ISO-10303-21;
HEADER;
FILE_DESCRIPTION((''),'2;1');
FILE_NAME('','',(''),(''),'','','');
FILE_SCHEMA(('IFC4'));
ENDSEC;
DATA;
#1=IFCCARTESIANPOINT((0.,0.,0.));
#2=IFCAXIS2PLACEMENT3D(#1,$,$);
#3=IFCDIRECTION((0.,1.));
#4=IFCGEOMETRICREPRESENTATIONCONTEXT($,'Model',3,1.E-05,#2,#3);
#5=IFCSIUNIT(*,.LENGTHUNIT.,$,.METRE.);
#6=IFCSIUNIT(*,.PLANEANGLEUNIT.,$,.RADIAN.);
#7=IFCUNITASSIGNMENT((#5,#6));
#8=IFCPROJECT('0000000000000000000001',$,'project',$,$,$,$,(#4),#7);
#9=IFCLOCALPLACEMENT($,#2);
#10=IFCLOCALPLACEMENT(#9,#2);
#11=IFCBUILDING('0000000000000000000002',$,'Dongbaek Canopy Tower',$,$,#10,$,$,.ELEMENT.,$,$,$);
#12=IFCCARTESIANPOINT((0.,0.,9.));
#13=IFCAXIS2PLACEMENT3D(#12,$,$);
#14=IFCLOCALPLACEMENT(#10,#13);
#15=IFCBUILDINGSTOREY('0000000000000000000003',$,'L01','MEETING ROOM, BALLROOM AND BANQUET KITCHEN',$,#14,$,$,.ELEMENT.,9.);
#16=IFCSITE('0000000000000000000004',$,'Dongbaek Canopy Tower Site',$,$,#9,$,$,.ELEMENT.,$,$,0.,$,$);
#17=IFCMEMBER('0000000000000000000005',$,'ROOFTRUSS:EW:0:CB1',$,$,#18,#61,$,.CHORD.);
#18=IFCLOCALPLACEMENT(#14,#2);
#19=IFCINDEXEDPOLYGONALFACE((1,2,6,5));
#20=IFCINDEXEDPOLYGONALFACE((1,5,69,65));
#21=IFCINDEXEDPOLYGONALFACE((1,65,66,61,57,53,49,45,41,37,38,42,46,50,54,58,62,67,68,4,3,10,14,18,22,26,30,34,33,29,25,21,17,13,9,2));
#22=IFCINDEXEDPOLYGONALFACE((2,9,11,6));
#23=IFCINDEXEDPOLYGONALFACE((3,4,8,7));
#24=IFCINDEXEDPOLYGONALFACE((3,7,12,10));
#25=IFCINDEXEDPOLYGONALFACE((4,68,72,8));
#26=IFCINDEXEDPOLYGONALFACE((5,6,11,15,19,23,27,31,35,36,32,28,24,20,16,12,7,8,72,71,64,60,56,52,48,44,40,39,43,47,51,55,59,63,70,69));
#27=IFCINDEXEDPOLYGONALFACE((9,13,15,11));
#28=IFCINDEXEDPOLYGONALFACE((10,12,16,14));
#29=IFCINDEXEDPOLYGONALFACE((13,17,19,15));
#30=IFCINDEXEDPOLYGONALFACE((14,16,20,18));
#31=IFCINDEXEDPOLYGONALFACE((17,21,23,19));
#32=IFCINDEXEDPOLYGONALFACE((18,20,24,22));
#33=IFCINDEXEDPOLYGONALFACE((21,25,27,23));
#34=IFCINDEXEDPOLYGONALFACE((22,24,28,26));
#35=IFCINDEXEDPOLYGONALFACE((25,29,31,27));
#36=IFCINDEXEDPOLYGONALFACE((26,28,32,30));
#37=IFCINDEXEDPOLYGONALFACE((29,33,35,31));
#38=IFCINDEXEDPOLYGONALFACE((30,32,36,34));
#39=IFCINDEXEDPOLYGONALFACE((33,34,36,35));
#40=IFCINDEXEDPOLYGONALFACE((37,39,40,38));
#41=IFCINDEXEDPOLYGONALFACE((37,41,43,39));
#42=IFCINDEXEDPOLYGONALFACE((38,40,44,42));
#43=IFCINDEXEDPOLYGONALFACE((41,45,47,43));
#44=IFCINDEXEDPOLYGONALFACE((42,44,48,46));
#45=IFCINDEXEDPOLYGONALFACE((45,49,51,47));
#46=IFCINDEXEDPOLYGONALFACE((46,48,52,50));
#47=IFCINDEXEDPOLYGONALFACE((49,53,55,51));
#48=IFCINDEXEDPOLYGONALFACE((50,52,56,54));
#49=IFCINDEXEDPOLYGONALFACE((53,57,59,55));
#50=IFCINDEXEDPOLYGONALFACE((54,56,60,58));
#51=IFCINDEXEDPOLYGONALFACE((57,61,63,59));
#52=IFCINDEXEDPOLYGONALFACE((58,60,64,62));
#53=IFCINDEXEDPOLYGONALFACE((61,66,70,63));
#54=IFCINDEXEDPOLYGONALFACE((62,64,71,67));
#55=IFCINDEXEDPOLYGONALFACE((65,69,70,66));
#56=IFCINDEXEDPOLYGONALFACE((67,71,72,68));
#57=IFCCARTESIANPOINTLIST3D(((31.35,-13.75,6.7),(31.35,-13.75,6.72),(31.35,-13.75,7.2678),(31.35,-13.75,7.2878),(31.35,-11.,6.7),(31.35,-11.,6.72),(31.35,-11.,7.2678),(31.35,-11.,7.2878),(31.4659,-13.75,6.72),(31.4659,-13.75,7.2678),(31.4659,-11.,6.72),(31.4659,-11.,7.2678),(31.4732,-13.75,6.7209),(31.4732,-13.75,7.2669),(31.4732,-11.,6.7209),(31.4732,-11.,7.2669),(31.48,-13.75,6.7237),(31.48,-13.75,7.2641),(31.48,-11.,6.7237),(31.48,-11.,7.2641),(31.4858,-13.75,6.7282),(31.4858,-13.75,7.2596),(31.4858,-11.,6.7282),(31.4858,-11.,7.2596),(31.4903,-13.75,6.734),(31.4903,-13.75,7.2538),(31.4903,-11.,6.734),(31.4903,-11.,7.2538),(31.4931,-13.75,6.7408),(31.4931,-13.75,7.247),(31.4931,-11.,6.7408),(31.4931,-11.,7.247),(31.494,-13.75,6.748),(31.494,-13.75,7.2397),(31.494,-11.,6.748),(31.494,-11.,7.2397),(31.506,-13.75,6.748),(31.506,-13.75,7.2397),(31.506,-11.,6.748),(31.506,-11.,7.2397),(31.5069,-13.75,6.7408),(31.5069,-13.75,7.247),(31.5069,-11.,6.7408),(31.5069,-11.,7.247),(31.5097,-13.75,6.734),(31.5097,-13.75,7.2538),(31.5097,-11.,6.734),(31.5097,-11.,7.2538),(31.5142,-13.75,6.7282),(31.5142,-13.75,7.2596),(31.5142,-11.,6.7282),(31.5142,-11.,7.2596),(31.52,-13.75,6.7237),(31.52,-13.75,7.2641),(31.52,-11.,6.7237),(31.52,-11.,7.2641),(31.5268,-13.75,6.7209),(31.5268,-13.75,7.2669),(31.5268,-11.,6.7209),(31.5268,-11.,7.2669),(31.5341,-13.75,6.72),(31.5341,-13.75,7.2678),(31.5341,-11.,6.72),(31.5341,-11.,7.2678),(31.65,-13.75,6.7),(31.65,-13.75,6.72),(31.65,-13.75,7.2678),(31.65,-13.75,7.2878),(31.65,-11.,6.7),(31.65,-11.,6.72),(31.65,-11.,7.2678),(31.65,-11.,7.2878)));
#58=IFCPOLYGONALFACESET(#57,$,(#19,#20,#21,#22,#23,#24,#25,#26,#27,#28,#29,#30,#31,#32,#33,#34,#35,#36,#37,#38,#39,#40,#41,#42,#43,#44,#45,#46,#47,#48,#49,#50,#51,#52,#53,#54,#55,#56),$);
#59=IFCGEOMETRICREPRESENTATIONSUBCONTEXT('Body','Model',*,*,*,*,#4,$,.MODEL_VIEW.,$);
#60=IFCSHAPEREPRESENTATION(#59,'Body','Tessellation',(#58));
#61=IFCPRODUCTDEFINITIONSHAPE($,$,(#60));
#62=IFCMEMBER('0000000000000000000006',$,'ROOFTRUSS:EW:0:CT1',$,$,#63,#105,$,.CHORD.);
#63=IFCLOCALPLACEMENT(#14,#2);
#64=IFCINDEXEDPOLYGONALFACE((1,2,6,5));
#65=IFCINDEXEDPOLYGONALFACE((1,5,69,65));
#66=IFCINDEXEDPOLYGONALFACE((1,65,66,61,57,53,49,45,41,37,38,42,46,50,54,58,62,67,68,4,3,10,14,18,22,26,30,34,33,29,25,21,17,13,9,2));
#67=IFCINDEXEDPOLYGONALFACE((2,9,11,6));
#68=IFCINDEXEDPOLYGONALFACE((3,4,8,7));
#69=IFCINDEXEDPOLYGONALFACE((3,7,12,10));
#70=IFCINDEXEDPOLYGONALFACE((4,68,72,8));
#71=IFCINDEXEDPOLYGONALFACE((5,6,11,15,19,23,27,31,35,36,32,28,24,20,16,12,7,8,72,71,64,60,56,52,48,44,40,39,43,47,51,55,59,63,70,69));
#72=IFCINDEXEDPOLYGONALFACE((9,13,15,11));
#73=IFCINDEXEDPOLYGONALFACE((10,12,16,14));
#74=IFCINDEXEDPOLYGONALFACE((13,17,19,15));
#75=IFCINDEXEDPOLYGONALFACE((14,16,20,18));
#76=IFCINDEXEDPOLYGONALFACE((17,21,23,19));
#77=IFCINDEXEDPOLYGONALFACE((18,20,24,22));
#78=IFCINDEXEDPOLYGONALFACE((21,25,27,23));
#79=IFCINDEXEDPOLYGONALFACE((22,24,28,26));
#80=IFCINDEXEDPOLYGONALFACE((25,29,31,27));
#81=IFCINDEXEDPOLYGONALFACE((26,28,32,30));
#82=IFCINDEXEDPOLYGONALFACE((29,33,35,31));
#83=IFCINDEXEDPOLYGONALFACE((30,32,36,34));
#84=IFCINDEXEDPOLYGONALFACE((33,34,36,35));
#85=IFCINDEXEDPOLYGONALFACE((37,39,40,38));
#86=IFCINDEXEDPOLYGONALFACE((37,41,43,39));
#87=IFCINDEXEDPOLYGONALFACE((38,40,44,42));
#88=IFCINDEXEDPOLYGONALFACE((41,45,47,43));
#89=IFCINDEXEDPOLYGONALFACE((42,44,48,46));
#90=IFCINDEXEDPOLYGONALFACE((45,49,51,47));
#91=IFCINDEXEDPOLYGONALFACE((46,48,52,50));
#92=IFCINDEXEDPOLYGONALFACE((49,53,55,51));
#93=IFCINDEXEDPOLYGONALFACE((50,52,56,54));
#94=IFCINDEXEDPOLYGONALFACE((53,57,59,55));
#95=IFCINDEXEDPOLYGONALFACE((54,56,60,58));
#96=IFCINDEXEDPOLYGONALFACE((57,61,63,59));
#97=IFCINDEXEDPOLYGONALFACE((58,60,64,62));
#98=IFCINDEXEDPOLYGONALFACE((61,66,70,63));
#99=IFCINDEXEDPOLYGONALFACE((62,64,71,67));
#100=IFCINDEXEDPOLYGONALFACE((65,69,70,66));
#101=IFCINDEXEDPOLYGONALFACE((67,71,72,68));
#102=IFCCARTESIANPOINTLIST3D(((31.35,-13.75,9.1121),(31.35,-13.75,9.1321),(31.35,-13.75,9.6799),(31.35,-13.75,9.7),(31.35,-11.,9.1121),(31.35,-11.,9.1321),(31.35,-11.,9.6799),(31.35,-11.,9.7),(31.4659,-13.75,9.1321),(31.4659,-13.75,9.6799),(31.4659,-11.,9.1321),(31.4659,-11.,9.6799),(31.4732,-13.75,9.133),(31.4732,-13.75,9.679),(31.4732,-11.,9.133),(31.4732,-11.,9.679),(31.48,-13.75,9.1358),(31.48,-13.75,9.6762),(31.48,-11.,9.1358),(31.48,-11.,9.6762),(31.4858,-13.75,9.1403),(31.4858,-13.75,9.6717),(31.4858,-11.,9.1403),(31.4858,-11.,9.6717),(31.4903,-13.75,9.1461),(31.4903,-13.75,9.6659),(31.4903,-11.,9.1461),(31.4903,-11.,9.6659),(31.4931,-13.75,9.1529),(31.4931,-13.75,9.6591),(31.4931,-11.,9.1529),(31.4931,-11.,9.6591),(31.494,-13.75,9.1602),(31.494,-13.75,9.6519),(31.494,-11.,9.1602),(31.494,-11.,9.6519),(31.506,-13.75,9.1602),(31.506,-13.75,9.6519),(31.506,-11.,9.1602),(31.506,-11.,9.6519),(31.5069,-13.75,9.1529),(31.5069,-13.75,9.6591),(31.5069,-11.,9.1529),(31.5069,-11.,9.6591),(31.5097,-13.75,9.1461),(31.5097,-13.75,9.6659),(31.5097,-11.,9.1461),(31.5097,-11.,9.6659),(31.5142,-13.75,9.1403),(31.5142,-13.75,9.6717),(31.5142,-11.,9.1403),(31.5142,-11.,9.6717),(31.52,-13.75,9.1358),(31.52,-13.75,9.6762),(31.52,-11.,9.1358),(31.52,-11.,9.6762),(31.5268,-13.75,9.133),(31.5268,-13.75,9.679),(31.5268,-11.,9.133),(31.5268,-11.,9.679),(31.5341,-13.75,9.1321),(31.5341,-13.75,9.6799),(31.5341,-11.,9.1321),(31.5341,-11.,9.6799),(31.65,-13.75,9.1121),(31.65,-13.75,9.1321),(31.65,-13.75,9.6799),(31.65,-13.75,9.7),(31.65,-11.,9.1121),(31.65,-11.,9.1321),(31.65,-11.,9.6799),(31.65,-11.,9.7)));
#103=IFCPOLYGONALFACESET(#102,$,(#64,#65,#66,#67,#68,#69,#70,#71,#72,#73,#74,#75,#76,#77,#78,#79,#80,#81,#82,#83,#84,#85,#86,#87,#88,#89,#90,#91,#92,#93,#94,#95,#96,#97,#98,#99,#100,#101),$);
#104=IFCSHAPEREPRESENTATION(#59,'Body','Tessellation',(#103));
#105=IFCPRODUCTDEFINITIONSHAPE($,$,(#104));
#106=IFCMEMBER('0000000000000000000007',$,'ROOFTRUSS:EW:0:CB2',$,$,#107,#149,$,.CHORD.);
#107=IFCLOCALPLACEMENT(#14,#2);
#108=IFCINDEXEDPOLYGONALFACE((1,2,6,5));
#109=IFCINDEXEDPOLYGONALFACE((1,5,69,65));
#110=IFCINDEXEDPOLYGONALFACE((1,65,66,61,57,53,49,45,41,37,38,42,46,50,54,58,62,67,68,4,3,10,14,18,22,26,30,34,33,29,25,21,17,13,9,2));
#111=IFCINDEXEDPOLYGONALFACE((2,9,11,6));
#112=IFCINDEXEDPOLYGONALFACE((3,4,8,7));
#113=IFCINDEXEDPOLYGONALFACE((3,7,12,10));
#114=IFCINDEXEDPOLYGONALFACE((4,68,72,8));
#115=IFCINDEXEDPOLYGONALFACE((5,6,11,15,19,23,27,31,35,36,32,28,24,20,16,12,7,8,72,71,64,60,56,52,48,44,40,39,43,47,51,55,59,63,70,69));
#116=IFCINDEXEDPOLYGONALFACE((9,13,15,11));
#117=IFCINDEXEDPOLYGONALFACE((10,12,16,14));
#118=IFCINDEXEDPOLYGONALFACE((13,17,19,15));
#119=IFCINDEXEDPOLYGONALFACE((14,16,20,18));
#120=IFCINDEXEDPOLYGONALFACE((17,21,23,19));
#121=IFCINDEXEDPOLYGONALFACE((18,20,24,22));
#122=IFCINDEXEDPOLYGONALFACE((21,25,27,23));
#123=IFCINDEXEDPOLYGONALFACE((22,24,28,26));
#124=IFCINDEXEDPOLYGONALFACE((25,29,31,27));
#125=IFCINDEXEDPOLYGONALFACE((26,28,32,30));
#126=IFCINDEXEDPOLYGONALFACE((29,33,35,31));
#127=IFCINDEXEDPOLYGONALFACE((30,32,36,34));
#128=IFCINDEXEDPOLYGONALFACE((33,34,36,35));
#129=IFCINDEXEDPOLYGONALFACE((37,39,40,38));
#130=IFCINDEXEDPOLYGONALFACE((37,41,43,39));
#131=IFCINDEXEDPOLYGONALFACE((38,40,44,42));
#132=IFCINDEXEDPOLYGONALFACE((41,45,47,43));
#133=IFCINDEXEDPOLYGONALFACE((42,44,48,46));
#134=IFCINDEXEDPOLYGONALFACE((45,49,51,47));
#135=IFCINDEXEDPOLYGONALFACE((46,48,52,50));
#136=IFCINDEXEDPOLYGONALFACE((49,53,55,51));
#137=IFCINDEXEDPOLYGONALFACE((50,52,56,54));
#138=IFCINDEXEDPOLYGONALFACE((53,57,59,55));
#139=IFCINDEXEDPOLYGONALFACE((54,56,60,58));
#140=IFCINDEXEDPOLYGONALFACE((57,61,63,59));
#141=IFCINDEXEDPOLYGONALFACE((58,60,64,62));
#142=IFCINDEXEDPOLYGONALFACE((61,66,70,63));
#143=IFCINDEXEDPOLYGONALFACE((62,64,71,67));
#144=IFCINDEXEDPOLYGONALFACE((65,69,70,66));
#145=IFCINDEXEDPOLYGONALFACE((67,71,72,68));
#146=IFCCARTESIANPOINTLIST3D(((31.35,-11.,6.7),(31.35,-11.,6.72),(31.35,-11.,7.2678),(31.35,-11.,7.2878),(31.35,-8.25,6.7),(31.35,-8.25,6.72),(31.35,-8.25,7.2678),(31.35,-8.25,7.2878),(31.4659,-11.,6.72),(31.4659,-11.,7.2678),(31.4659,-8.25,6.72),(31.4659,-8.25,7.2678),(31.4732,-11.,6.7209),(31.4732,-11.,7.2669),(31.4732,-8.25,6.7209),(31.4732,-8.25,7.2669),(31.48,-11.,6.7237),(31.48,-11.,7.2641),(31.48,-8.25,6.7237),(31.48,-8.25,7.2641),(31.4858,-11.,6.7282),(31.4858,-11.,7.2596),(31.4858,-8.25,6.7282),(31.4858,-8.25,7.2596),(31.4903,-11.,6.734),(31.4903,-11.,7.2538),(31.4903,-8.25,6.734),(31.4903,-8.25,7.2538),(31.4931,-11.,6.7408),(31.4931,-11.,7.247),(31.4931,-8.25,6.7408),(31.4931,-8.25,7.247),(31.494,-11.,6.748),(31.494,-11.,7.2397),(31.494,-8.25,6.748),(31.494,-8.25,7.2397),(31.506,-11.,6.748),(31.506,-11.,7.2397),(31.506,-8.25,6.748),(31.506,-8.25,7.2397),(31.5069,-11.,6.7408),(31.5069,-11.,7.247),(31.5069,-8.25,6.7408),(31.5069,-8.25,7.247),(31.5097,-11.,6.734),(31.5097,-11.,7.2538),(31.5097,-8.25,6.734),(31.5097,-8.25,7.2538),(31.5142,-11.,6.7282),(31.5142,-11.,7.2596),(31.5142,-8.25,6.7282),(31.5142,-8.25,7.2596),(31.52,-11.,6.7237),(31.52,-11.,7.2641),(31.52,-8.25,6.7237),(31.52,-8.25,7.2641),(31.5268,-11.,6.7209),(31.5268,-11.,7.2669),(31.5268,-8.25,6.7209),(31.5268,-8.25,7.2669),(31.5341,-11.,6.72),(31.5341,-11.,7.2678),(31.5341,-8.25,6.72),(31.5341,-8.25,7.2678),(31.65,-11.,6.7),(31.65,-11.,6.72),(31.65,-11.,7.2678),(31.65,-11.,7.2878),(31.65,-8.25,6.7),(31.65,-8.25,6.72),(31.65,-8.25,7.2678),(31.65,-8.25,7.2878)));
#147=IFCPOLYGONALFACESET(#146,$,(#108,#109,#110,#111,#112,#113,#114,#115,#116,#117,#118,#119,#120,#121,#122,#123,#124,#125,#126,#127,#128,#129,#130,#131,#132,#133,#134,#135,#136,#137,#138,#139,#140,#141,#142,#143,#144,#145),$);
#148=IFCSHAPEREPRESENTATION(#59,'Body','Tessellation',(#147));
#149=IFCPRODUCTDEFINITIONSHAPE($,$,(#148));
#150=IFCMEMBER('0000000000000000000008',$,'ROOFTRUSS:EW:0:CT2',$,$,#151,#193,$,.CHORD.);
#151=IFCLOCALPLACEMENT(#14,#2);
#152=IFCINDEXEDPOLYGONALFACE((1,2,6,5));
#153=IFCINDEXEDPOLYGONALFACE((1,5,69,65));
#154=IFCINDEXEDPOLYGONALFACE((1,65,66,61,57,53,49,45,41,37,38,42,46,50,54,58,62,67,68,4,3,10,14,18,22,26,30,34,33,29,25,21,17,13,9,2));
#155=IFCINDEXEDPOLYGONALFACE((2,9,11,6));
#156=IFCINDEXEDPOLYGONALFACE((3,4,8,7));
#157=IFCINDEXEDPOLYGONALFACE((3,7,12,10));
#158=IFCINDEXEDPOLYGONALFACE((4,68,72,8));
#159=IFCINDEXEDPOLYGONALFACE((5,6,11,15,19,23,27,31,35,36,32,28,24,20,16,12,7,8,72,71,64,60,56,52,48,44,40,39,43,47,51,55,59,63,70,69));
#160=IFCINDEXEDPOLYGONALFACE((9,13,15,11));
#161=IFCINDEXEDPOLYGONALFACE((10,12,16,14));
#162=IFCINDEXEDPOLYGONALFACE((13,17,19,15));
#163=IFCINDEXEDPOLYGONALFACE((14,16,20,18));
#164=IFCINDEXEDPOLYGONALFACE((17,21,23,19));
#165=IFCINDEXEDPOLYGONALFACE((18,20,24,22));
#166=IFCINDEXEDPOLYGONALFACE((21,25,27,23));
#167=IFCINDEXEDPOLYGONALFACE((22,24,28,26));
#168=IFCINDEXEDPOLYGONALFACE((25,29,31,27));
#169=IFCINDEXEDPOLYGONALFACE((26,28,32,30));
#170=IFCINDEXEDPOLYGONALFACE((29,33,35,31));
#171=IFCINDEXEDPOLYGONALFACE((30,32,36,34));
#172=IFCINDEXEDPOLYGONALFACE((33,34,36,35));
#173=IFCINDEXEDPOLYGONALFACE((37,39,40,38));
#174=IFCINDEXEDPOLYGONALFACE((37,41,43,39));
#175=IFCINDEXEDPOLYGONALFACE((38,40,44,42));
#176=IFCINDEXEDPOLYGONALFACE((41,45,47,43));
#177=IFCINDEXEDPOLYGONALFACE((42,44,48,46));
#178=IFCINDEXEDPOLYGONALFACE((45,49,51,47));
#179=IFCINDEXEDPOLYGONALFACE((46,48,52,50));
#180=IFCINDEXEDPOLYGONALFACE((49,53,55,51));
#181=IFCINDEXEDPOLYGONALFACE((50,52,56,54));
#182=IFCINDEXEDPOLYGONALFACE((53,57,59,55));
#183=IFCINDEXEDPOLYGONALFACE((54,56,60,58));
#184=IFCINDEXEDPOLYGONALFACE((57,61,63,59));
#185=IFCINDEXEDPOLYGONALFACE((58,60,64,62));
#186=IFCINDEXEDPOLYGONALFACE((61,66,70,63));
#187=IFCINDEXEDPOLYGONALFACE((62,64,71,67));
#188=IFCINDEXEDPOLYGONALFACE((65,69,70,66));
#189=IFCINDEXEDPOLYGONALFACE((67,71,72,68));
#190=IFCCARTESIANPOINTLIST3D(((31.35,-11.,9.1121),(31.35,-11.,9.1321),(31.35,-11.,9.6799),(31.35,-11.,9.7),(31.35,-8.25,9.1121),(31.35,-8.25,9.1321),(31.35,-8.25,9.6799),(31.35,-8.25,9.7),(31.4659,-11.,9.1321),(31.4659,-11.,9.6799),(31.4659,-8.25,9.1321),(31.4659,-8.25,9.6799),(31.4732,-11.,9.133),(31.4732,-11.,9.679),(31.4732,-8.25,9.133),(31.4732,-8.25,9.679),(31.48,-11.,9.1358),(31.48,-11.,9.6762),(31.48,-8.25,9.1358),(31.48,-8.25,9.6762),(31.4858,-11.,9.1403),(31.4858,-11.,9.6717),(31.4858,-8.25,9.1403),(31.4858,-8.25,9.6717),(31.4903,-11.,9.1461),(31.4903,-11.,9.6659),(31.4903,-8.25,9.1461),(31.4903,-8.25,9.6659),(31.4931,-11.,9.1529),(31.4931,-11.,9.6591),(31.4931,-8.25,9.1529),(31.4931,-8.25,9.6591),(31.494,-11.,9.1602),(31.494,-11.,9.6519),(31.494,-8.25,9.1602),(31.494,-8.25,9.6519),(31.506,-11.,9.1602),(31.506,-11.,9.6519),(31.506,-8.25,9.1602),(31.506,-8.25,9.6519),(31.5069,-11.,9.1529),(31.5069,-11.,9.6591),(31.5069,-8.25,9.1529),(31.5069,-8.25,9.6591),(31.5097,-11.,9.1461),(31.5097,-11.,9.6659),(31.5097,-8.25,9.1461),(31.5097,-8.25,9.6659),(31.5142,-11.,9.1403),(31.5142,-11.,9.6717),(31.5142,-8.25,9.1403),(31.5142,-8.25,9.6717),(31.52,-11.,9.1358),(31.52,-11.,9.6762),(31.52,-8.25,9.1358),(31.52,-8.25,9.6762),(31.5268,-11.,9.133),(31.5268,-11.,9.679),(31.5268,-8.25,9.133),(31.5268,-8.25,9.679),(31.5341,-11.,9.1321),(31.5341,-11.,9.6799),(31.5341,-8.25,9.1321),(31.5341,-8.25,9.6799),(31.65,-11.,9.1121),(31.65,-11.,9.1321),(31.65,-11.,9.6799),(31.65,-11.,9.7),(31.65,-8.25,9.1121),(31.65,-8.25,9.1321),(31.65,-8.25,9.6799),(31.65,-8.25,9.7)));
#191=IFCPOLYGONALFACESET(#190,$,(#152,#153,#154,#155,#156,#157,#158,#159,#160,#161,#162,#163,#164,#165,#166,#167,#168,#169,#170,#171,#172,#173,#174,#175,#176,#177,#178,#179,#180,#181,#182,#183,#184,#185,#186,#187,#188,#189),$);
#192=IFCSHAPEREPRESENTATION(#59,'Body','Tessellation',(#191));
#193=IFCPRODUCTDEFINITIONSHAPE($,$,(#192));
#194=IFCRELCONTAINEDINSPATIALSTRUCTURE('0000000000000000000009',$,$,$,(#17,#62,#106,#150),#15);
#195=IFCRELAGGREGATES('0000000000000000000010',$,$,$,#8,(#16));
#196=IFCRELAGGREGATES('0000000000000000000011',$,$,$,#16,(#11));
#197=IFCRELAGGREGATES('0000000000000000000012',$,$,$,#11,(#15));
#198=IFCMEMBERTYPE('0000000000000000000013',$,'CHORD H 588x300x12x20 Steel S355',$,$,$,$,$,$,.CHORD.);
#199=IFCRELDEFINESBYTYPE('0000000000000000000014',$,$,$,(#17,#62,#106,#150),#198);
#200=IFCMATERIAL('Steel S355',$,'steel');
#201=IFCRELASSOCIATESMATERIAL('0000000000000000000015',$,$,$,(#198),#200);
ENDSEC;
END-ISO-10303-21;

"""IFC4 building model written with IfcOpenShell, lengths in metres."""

from ifc_helpers import new_model, si_unit, direction, frame, origin, origin_2d, place, context, subcontext, project, spatial, i_section, extrude, material, material_profile, profile_set, type_object, element, save


model = new_model("IFC4")

# Units and contexts
model_context = context("Model", 3, precision=1e-05, world=origin(), true_north=direction((0.0, 1.0)))
body_context = subcontext(model_context, "Body", "Model", "MODEL_VIEW")
ifc_project = project(units=[si_unit("LENGTHUNIT", "METRE"), si_unit("PLANEANGLEUNIT", "RADIAN")], contexts=[model_context])

# Site, building, storey
site_placement = place(None, origin())
site = spatial("IfcSite", under=ifc_project, at=site_placement, Name="Dongbaek Canopy Tower Site", CompositionType="ELEMENT", RefElevation=0.0)
building_placement = place(site_placement, origin())
building = spatial("IfcBuilding", under=site, at=building_placement, Name="Dongbaek Canopy Tower", CompositionType="ELEMENT")
storey_placement = place(building_placement, frame((0.0, 0.0, 9.0)))
storey = spatial("IfcBuildingStorey", under=building, at=storey_placement, Name="L01", Description="MEETING ROOM, BALLROOM AND BANQUET KITCHEN", CompositionType="ELEMENT", Elevation=9.0)

# Members
ifc_material_1 = material(Name="Steel S355", Category="steel")
ifc_material_profile_1 = material_profile(ifc_material_1, i_section(OverallWidth=0.3, OverallDepth=0.5879, WebThickness=0.012, FlangeThickness=0.02, FilletRadius=0.0281, at=origin_2d()), Name="CHORD H 588x300x12x20 Steel S355")
ifc_profile_set_1 = profile_set([ifc_material_profile_1], Name="Steel S355")
member_type_1 = type_object("IfcMemberType", Name="CHORD H 588x300x12x20 Steel S355", PredefinedType="CHORD", material=ifc_profile_set_1)
for number, where, z_axis, x_axis, name in (
    (1, (31.5, -13.75, 6.9939), (0.0, 1.0, 0.0), (-1.0, 0.0, 0.0), "ROOFTRUSS:EW:0:CB1"),
    (2, (31.5, -13.75, 9.406), (0.0, 1.0, 0.0), (-1.0, 0.0, 0.0), "ROOFTRUSS:EW:0:CT1"),
    (3, (31.5, -11.0, 6.9939), (0.0, 1.0, 0.0), (-1.0, 0.0, 0.0), "ROOFTRUSS:EW:0:CB2"),
    (4, (31.5, -11.0, 9.406), (0.0, 1.0, 0.0), (-1.0, 0.0, 0.0), "ROOFTRUSS:EW:0:CT2"),
):
    element("IfcMember", number, at=place(storey_placement, frame(where, z_axis=z_axis, x_axis=x_axis)), inside=storey, type_object=member_type_1, Name=name, PredefinedType="CHORD", context=body_context, shape_type="SweptSolid", body=[
        extrude(i_section(OverallWidth=0.3, OverallDepth=0.5879, WebThickness=0.012, FlangeThickness=0.02, FilletRadius=0.0281, at=origin_2d()), origin(), (0.0, 0.0, 1.0), 2.75),
    ])

save(model, "model.ifc")
